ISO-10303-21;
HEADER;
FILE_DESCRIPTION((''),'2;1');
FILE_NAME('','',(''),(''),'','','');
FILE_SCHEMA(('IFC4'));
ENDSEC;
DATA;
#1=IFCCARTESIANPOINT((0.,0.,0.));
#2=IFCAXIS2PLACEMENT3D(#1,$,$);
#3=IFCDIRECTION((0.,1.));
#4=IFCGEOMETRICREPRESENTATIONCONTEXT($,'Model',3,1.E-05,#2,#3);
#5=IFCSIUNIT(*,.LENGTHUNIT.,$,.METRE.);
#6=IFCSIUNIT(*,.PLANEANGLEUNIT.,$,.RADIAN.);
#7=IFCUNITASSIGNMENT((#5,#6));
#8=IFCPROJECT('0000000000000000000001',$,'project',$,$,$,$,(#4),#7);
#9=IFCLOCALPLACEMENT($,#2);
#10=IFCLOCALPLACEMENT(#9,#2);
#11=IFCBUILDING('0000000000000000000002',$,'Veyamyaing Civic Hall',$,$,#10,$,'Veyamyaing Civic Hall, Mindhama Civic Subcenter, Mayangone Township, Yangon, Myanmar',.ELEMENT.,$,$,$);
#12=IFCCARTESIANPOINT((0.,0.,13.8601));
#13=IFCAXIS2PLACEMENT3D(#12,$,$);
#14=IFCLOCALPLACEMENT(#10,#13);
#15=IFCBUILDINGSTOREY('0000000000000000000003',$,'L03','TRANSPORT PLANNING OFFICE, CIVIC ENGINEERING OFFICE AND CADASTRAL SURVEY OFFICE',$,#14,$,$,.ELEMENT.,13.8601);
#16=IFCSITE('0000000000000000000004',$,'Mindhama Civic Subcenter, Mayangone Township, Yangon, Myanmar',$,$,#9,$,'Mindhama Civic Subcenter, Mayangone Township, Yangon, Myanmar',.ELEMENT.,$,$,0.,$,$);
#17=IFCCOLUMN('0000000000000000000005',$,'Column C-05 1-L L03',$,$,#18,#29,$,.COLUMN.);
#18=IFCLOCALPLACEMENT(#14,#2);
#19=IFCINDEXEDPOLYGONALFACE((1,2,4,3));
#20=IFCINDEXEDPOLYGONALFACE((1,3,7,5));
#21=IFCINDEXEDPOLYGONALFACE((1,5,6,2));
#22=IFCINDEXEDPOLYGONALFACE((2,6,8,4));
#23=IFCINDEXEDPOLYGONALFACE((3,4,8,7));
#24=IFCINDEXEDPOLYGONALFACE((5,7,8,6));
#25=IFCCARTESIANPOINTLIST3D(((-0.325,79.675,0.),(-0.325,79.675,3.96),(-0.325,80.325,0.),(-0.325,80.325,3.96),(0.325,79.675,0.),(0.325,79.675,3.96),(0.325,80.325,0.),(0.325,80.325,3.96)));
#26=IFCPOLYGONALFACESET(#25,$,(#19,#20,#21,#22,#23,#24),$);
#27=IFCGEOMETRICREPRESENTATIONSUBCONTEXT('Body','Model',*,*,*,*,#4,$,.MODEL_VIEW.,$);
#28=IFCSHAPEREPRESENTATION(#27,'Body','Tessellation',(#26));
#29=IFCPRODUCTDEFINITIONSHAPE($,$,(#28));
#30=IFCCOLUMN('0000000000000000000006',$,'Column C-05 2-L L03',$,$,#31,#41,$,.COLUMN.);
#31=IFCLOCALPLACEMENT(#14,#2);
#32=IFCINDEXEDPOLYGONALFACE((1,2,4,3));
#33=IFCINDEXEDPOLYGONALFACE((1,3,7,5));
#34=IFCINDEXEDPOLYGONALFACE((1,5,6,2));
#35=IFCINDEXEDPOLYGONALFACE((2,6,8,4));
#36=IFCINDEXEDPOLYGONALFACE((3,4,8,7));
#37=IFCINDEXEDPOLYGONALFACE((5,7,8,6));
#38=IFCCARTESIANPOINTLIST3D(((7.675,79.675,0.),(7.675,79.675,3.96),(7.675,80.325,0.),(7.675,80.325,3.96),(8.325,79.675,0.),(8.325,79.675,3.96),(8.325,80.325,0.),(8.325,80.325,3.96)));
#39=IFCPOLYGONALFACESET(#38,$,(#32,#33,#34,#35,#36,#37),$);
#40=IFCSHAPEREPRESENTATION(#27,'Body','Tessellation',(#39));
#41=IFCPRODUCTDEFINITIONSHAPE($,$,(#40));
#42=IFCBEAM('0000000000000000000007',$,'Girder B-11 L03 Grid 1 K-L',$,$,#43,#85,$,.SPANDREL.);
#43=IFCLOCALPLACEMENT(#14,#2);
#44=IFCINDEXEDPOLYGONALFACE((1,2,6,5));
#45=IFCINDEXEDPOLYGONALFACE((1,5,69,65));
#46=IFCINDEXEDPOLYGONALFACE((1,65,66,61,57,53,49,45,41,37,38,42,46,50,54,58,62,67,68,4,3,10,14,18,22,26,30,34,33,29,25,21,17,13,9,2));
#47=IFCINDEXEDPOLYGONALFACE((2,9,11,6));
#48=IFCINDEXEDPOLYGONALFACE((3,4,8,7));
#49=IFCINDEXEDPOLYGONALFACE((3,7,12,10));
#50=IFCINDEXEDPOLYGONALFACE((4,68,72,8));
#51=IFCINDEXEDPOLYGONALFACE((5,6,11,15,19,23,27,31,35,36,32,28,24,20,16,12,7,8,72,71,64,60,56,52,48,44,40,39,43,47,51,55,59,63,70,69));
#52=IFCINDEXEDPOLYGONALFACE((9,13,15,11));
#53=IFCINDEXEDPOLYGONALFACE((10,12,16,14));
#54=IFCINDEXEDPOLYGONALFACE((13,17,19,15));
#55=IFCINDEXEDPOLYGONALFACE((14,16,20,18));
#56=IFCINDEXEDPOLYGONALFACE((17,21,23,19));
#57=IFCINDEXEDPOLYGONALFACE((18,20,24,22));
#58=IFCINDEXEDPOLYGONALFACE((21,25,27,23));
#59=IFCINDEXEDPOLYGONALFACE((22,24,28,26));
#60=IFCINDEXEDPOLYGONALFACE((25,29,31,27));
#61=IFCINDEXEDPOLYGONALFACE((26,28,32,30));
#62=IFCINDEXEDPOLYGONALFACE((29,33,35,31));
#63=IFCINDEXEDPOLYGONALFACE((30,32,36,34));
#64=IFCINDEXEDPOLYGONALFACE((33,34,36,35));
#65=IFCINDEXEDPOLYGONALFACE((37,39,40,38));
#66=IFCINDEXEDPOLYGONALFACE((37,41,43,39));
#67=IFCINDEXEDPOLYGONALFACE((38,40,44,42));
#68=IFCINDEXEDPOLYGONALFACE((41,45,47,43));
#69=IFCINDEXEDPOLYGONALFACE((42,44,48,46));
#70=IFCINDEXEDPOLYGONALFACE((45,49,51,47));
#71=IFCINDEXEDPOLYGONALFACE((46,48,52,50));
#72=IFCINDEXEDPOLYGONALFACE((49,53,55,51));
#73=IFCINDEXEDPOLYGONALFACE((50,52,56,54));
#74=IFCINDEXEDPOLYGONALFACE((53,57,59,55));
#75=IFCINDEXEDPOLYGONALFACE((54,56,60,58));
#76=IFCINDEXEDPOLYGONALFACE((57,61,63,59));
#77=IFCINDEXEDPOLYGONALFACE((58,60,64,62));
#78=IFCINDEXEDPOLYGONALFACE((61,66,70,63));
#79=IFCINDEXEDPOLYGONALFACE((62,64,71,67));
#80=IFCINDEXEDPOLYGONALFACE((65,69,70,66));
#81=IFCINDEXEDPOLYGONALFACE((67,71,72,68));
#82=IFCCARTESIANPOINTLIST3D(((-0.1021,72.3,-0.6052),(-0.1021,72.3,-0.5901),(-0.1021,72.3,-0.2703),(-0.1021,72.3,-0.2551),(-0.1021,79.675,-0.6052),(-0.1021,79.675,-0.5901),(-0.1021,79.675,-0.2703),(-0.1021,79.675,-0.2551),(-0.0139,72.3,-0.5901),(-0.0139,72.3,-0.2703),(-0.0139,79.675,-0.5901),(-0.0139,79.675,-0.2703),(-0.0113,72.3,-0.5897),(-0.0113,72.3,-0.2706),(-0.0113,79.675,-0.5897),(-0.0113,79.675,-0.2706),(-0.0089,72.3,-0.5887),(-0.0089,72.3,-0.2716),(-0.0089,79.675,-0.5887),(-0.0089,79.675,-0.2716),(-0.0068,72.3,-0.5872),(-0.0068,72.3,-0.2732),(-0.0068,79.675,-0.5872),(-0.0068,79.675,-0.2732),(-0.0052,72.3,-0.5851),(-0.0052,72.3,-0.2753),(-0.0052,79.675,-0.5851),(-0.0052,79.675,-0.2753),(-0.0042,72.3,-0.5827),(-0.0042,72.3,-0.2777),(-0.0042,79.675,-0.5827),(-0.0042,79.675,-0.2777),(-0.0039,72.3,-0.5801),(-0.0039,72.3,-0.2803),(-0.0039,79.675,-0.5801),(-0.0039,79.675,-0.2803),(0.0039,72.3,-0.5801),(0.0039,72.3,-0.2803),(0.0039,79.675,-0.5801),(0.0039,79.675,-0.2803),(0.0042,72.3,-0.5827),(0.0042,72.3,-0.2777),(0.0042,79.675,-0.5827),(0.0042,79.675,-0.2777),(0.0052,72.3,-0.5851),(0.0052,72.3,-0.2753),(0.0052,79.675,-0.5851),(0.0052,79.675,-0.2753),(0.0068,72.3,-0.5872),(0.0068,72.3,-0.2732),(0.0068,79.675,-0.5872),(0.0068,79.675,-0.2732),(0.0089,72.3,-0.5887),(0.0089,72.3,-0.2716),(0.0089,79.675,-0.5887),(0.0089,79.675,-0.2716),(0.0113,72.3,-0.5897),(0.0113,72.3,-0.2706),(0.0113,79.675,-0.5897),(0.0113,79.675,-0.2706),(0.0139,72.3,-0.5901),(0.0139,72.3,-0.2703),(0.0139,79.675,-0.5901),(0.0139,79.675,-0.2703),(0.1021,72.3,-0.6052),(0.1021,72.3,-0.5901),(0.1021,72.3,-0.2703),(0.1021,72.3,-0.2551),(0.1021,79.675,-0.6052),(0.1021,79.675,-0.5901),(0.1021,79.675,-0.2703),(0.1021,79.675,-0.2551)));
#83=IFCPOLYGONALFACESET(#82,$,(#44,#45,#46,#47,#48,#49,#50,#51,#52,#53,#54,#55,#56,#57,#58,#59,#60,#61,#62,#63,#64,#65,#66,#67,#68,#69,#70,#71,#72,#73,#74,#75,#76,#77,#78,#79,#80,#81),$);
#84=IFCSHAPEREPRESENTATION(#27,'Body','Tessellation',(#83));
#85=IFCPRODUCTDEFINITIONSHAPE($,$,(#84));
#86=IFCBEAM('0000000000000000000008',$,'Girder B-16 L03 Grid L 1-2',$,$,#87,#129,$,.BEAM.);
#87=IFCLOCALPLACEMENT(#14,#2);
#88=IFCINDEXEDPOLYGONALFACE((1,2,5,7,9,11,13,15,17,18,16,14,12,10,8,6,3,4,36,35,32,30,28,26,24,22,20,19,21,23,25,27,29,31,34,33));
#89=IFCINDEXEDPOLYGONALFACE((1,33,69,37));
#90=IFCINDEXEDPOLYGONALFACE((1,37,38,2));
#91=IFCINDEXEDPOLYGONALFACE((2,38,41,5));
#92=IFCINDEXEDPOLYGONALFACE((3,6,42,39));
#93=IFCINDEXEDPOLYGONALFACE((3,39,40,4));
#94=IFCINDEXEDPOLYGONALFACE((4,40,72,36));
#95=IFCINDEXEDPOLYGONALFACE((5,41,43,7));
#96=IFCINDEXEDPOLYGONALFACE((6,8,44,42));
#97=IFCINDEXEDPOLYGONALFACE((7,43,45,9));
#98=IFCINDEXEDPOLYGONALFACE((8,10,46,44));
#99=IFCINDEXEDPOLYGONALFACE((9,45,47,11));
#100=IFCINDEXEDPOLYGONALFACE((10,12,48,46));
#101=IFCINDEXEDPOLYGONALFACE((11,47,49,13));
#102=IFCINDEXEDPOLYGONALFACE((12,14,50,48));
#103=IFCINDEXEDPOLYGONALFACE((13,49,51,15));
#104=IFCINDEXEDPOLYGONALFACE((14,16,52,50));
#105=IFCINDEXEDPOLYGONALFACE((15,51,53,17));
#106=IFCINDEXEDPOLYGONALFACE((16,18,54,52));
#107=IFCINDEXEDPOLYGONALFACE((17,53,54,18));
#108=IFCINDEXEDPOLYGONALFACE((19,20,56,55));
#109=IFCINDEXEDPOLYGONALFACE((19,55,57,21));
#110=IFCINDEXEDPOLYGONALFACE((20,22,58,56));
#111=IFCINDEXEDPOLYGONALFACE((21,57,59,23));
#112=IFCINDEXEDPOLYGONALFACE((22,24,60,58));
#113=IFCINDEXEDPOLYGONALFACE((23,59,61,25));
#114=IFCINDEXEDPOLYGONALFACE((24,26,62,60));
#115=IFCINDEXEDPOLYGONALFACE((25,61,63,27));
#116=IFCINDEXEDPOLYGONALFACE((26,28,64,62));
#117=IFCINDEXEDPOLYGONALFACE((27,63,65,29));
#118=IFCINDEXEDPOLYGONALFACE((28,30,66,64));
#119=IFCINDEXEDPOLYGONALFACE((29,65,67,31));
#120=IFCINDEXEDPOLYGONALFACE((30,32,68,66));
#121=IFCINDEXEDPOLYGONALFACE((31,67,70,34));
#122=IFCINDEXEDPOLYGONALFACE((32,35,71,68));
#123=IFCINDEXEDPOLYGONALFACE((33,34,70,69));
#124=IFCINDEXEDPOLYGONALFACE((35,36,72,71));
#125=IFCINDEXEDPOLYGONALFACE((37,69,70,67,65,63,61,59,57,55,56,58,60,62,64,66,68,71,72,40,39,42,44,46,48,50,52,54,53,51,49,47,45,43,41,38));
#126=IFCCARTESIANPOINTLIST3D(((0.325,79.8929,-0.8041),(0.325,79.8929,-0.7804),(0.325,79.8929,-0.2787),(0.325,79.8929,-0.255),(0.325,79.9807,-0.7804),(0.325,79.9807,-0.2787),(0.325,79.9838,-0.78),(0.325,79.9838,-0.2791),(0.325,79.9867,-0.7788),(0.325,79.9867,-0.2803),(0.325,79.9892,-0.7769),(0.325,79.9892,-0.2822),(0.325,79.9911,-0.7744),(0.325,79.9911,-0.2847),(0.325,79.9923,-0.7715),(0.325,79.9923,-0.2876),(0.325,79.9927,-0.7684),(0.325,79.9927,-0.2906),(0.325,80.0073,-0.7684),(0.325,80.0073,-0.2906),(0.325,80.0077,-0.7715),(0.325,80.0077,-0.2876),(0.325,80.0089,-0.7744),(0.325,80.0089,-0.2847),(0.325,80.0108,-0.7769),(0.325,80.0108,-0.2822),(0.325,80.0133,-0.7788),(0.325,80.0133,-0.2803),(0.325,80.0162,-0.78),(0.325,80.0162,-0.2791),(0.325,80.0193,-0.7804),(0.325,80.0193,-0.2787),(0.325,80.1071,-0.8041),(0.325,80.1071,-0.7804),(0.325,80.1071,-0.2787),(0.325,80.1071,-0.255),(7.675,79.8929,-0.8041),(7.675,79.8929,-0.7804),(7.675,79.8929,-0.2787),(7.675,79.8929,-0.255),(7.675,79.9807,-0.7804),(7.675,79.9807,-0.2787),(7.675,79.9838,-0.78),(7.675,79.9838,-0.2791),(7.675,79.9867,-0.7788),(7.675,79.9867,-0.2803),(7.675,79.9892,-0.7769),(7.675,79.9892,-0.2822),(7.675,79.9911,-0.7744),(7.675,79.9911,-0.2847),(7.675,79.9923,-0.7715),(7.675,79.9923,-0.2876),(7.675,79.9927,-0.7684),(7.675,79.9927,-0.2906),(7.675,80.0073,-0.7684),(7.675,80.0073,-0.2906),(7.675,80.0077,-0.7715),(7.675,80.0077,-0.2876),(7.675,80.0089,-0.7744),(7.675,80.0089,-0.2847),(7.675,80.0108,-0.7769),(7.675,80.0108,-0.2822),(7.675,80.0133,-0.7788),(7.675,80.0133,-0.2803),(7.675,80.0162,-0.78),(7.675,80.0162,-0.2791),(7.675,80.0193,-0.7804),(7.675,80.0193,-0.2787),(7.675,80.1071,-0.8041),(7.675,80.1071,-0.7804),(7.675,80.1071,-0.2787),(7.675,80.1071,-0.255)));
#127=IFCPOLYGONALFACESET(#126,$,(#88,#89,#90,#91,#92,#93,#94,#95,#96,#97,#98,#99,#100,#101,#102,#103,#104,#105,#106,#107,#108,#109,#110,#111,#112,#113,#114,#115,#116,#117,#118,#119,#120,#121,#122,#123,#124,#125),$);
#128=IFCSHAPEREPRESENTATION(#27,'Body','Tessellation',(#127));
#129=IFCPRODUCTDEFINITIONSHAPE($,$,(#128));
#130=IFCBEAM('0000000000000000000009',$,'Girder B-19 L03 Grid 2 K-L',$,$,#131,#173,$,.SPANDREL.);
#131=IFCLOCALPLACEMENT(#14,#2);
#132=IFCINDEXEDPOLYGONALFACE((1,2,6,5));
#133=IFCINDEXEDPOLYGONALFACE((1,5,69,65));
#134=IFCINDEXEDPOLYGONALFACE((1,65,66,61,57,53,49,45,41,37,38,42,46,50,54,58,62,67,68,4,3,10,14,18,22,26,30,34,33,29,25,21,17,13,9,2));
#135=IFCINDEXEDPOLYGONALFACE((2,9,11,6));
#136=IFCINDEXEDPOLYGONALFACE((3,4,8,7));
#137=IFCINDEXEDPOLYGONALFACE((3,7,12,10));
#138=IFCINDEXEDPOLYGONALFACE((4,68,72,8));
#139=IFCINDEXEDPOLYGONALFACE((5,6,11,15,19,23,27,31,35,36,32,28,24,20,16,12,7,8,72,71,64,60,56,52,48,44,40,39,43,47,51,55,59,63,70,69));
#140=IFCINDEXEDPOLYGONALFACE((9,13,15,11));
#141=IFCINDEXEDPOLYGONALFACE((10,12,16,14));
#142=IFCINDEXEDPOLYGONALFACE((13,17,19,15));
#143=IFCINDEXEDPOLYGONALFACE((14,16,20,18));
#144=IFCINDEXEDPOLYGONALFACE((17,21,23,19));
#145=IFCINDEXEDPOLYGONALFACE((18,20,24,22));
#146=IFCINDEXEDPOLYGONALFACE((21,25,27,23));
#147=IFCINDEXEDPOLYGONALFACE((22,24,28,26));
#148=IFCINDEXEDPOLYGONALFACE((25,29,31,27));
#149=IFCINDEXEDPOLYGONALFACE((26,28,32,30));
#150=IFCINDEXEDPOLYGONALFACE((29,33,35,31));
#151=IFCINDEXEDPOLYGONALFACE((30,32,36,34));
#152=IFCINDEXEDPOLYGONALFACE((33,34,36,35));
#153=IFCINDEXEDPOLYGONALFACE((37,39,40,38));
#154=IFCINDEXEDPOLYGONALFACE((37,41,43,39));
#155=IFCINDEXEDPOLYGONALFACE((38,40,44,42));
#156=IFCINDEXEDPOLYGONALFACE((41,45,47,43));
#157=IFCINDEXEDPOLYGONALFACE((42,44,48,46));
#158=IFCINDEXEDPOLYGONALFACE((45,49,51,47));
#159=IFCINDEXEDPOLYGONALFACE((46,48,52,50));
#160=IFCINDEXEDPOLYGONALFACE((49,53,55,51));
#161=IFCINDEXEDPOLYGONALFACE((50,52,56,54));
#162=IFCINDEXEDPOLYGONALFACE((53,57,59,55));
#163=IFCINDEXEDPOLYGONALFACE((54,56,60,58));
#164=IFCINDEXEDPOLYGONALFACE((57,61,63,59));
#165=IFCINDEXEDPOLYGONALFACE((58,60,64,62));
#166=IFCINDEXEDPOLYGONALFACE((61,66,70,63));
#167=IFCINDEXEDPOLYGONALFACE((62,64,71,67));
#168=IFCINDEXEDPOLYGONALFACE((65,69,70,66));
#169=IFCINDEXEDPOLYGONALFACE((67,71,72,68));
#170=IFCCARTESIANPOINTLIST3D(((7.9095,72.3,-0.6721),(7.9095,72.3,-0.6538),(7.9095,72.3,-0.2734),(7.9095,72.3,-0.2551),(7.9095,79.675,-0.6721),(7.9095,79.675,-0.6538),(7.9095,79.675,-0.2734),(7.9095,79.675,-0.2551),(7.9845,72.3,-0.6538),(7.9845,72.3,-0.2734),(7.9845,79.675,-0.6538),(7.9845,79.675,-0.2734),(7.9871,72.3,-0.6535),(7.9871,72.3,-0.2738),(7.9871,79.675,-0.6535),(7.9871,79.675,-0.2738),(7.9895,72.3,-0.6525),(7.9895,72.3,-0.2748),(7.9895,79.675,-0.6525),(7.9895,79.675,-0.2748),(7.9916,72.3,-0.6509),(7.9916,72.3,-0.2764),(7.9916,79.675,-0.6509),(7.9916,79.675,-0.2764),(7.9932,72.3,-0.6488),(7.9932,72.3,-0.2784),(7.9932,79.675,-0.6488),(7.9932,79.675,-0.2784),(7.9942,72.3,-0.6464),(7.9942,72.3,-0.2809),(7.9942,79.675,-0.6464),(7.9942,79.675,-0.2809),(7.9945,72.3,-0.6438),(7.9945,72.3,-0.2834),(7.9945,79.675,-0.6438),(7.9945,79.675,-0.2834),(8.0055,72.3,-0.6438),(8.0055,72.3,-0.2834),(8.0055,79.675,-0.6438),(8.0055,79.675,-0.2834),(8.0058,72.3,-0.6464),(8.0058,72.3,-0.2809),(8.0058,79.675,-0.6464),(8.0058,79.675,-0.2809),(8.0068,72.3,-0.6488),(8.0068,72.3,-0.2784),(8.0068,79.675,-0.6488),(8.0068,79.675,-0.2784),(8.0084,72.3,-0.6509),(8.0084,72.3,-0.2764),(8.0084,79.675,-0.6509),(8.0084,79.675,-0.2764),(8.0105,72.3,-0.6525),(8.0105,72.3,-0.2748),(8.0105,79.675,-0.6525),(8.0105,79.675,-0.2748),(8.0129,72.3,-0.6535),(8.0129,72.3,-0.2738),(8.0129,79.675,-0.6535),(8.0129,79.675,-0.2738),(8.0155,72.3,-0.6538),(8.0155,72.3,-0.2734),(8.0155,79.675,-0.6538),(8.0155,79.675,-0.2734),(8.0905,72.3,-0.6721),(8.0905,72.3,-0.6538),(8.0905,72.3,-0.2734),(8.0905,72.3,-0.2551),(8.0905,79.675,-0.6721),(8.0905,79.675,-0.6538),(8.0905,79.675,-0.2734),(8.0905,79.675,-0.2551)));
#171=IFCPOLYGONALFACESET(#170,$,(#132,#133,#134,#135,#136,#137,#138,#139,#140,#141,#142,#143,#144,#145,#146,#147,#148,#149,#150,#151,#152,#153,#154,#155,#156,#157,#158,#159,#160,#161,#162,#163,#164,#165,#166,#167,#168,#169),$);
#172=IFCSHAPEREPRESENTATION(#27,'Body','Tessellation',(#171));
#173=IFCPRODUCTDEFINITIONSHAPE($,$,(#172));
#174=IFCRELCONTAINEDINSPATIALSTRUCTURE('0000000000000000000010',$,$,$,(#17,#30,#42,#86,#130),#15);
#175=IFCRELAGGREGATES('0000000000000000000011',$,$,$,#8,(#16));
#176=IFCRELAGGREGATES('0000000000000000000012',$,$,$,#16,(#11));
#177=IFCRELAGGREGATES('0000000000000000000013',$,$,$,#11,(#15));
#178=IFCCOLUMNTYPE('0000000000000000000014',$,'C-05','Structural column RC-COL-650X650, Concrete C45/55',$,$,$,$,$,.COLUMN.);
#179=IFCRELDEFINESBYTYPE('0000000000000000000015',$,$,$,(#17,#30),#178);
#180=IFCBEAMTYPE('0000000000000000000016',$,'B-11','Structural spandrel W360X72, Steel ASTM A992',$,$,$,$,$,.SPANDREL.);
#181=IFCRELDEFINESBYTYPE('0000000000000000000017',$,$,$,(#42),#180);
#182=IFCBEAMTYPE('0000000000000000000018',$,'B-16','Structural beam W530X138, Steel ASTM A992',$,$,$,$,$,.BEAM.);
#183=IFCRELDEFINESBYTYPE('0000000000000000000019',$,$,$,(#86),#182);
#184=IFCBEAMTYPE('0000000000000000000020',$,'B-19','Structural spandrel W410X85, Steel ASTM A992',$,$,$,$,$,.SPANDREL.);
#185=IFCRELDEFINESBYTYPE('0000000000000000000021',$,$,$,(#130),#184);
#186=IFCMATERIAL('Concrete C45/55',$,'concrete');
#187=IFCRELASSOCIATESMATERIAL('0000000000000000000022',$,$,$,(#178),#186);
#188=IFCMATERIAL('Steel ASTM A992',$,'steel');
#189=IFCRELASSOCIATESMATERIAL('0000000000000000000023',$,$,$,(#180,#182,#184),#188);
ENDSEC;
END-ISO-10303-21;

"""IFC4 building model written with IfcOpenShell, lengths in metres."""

from ifc_helpers import new_model, si_unit, direction, frame, origin, origin_2d, place, context, subcontext, project, spatial, rectangle, i_section, extrude, material, material_profile, profile_set, type_object, element, save


model = new_model("IFC4")

# Units and contexts
model_context = context("Model", 3, precision=1e-05, world=origin(), true_north=direction((0.0, 1.0)))
body_context = subcontext(model_context, "Body", "Model", "MODEL_VIEW")
ifc_project = project(units=[si_unit("LENGTHUNIT", "METRE"), si_unit("PLANEANGLEUNIT", "RADIAN")], contexts=[model_context])

# Site, building, storey
site_placement = place(None, origin())
site = spatial("IfcSite", under=ifc_project, at=site_placement, Name="Mindhama Civic Subcenter, Mayangone Township, Yangon, Myanmar", LongName="Mindhama Civic Subcenter, Mayangone Township, Yangon, Myanmar", CompositionType="ELEMENT", RefElevation=0.0)
building_placement = place(site_placement, origin())
building = spatial("IfcBuilding", under=site, at=building_placement, Name="Veyamyaing Civic Hall", LongName="Veyamyaing Civic Hall, Mindhama Civic Subcenter, Mayangone Township, Yangon, Myanmar", CompositionType="ELEMENT")
storey_placement = place(building_placement, frame((0.0, 0.0, 13.8601)))
storey = spatial("IfcBuildingStorey", under=building, at=storey_placement, Name="L03", Description="TRANSPORT PLANNING OFFICE, CIVIC ENGINEERING OFFICE AND CADASTRAL SURVEY OFFICE", CompositionType="ELEMENT", Elevation=13.8601)

# Columns
ifc_material_1 = material(Name="Concrete C45/55", Category="concrete")
ifc_material_profile_1 = material_profile(ifc_material_1, rectangle(XDim=0.6499, YDim=0.6499, at=origin_2d()), Name="RC-COL-650X650")
ifc_profile_set_1 = profile_set([ifc_material_profile_1], Name="Concrete C45/55")
column_type = type_object("IfcColumnType", Name="C-05", Description="Structural column RC-COL-650X650, Concrete C45/55", PredefinedType="COLUMN", material=ifc_profile_set_1)
for number, where, z_axis, x_axis, name in (
    (1, (0.0, 80.0, 0.0), (0.0, 0.0, 1.0), (1.0, 0.0, 0.0), "Column C-05 1-L L03"),
    (2, (8.0, 80.0, 0.0), (0.0, 0.0, 1.0), (1.0, 0.0, 0.0), "Column C-05 2-L L03"),
):
    element("IfcColumn", number, at=place(storey_placement, frame(where, z_axis=z_axis, x_axis=x_axis)), inside=storey, type_object=column_type, Name=name, PredefinedType="COLUMN", context=body_context, shape_type="SweptSolid", body=[
        extrude(rectangle(XDim=0.6499, YDim=0.6499, at=origin_2d()), origin(), (0.0, 0.0, 1.0), 3.96),
    ])

# Beams
ifc_material_2 = material(Name="Steel ASTM A992", Category="steel")
ifc_material_profile_2 = material_profile(ifc_material_2, i_section(OverallWidth=0.2041, OverallDepth=0.3501, WebThickness=0.0078, FlangeThickness=0.0151, FilletRadius=0.01, at=origin_2d()), Name="W360X72")
ifc_profile_set_2 = profile_set([ifc_material_profile_2], Name="Steel ASTM A992")
beam_type_1 = type_object("IfcBeamType", Name="B-11", Description="Structural spandrel W360X72, Steel ASTM A992", PredefinedType="SPANDREL", material=ifc_profile_set_2)
beam_1_placement = place(storey_placement, frame((0.0, 72.3, -0.4302), z_axis=(0.0, 1.0, 0.0), x_axis=(-1.0, 0.0, 0.0)))
element("IfcBeam", 3, at=beam_1_placement, inside=storey, type_object=beam_type_1, Name="Girder B-11 L03 Grid 1 K-L", PredefinedType="SPANDREL", context=body_context, shape_type="SweptSolid", body=[
    extrude(i_section(OverallWidth=0.2041, OverallDepth=0.3501, WebThickness=0.0078, FlangeThickness=0.0151, FilletRadius=0.01, at=origin_2d()), origin(), (0.0, 0.0, 1.0), 7.375),
])
ifc_material_profile_3 = material_profile(ifc_material_2, i_section(OverallWidth=0.2141, OverallDepth=0.5491, WebThickness=0.0146, FlangeThickness=0.0237, FilletRadius=0.012, at=origin_2d()), Name="W530X138")
ifc_profile_set_3 = profile_set([ifc_material_profile_3], Name="Steel ASTM A992")
beam_type_2 = type_object("IfcBeamType", Name="B-16", Description="Structural beam W530X138, Steel ASTM A992", PredefinedType="BEAM", material=ifc_profile_set_3)
beam_2_placement = place(storey_placement, frame((0.325, 80.0, -0.5295), z_axis=(1.0, 0.0, 0.0), x_axis=(0.0, 1.0, 0.0)))
element("IfcBeam", 4, at=beam_2_placement, inside=storey, type_object=beam_type_2, Name="Girder B-16 L03 Grid L 1-2", PredefinedType="BEAM", context=body_context, shape_type="SweptSolid", body=[
    extrude(i_section(OverallWidth=0.2141, OverallDepth=0.5491, WebThickness=0.0146, FlangeThickness=0.0237, FilletRadius=0.012, at=origin_2d()), origin(), (0.0, 0.0, 1.0), 7.3501),
])
ifc_material_profile_4 = material_profile(ifc_material_2, i_section(OverallWidth=0.1809, OverallDepth=0.417, WebThickness=0.011, FlangeThickness=0.0183, FilletRadius=0.01, at=origin_2d()), Name="W410X85")
ifc_profile_set_4 = profile_set([ifc_material_profile_4], Name="Steel ASTM A992")
beam_type_3 = type_object("IfcBeamType", Name="B-19", Description="Structural spandrel W410X85, Steel ASTM A992", PredefinedType="SPANDREL", material=ifc_profile_set_4)
beam_3_placement = place(storey_placement, frame((8.0, 72.3, -0.4636), z_axis=(0.0, 1.0, 0.0), x_axis=(-1.0, 0.0, 0.0)))
element("IfcBeam", 5, at=beam_3_placement, inside=storey, type_object=beam_type_3, Name="Girder B-19 L03 Grid 2 K-L", PredefinedType="SPANDREL", context=body_context, shape_type="SweptSolid", body=[
    extrude(i_section(OverallWidth=0.1809, OverallDepth=0.417, WebThickness=0.011, FlangeThickness=0.0183, FilletRadius=0.01, at=origin_2d()), origin(), (0.0, 0.0, 1.0), 7.375),
])

save(model, "model.ifc")
